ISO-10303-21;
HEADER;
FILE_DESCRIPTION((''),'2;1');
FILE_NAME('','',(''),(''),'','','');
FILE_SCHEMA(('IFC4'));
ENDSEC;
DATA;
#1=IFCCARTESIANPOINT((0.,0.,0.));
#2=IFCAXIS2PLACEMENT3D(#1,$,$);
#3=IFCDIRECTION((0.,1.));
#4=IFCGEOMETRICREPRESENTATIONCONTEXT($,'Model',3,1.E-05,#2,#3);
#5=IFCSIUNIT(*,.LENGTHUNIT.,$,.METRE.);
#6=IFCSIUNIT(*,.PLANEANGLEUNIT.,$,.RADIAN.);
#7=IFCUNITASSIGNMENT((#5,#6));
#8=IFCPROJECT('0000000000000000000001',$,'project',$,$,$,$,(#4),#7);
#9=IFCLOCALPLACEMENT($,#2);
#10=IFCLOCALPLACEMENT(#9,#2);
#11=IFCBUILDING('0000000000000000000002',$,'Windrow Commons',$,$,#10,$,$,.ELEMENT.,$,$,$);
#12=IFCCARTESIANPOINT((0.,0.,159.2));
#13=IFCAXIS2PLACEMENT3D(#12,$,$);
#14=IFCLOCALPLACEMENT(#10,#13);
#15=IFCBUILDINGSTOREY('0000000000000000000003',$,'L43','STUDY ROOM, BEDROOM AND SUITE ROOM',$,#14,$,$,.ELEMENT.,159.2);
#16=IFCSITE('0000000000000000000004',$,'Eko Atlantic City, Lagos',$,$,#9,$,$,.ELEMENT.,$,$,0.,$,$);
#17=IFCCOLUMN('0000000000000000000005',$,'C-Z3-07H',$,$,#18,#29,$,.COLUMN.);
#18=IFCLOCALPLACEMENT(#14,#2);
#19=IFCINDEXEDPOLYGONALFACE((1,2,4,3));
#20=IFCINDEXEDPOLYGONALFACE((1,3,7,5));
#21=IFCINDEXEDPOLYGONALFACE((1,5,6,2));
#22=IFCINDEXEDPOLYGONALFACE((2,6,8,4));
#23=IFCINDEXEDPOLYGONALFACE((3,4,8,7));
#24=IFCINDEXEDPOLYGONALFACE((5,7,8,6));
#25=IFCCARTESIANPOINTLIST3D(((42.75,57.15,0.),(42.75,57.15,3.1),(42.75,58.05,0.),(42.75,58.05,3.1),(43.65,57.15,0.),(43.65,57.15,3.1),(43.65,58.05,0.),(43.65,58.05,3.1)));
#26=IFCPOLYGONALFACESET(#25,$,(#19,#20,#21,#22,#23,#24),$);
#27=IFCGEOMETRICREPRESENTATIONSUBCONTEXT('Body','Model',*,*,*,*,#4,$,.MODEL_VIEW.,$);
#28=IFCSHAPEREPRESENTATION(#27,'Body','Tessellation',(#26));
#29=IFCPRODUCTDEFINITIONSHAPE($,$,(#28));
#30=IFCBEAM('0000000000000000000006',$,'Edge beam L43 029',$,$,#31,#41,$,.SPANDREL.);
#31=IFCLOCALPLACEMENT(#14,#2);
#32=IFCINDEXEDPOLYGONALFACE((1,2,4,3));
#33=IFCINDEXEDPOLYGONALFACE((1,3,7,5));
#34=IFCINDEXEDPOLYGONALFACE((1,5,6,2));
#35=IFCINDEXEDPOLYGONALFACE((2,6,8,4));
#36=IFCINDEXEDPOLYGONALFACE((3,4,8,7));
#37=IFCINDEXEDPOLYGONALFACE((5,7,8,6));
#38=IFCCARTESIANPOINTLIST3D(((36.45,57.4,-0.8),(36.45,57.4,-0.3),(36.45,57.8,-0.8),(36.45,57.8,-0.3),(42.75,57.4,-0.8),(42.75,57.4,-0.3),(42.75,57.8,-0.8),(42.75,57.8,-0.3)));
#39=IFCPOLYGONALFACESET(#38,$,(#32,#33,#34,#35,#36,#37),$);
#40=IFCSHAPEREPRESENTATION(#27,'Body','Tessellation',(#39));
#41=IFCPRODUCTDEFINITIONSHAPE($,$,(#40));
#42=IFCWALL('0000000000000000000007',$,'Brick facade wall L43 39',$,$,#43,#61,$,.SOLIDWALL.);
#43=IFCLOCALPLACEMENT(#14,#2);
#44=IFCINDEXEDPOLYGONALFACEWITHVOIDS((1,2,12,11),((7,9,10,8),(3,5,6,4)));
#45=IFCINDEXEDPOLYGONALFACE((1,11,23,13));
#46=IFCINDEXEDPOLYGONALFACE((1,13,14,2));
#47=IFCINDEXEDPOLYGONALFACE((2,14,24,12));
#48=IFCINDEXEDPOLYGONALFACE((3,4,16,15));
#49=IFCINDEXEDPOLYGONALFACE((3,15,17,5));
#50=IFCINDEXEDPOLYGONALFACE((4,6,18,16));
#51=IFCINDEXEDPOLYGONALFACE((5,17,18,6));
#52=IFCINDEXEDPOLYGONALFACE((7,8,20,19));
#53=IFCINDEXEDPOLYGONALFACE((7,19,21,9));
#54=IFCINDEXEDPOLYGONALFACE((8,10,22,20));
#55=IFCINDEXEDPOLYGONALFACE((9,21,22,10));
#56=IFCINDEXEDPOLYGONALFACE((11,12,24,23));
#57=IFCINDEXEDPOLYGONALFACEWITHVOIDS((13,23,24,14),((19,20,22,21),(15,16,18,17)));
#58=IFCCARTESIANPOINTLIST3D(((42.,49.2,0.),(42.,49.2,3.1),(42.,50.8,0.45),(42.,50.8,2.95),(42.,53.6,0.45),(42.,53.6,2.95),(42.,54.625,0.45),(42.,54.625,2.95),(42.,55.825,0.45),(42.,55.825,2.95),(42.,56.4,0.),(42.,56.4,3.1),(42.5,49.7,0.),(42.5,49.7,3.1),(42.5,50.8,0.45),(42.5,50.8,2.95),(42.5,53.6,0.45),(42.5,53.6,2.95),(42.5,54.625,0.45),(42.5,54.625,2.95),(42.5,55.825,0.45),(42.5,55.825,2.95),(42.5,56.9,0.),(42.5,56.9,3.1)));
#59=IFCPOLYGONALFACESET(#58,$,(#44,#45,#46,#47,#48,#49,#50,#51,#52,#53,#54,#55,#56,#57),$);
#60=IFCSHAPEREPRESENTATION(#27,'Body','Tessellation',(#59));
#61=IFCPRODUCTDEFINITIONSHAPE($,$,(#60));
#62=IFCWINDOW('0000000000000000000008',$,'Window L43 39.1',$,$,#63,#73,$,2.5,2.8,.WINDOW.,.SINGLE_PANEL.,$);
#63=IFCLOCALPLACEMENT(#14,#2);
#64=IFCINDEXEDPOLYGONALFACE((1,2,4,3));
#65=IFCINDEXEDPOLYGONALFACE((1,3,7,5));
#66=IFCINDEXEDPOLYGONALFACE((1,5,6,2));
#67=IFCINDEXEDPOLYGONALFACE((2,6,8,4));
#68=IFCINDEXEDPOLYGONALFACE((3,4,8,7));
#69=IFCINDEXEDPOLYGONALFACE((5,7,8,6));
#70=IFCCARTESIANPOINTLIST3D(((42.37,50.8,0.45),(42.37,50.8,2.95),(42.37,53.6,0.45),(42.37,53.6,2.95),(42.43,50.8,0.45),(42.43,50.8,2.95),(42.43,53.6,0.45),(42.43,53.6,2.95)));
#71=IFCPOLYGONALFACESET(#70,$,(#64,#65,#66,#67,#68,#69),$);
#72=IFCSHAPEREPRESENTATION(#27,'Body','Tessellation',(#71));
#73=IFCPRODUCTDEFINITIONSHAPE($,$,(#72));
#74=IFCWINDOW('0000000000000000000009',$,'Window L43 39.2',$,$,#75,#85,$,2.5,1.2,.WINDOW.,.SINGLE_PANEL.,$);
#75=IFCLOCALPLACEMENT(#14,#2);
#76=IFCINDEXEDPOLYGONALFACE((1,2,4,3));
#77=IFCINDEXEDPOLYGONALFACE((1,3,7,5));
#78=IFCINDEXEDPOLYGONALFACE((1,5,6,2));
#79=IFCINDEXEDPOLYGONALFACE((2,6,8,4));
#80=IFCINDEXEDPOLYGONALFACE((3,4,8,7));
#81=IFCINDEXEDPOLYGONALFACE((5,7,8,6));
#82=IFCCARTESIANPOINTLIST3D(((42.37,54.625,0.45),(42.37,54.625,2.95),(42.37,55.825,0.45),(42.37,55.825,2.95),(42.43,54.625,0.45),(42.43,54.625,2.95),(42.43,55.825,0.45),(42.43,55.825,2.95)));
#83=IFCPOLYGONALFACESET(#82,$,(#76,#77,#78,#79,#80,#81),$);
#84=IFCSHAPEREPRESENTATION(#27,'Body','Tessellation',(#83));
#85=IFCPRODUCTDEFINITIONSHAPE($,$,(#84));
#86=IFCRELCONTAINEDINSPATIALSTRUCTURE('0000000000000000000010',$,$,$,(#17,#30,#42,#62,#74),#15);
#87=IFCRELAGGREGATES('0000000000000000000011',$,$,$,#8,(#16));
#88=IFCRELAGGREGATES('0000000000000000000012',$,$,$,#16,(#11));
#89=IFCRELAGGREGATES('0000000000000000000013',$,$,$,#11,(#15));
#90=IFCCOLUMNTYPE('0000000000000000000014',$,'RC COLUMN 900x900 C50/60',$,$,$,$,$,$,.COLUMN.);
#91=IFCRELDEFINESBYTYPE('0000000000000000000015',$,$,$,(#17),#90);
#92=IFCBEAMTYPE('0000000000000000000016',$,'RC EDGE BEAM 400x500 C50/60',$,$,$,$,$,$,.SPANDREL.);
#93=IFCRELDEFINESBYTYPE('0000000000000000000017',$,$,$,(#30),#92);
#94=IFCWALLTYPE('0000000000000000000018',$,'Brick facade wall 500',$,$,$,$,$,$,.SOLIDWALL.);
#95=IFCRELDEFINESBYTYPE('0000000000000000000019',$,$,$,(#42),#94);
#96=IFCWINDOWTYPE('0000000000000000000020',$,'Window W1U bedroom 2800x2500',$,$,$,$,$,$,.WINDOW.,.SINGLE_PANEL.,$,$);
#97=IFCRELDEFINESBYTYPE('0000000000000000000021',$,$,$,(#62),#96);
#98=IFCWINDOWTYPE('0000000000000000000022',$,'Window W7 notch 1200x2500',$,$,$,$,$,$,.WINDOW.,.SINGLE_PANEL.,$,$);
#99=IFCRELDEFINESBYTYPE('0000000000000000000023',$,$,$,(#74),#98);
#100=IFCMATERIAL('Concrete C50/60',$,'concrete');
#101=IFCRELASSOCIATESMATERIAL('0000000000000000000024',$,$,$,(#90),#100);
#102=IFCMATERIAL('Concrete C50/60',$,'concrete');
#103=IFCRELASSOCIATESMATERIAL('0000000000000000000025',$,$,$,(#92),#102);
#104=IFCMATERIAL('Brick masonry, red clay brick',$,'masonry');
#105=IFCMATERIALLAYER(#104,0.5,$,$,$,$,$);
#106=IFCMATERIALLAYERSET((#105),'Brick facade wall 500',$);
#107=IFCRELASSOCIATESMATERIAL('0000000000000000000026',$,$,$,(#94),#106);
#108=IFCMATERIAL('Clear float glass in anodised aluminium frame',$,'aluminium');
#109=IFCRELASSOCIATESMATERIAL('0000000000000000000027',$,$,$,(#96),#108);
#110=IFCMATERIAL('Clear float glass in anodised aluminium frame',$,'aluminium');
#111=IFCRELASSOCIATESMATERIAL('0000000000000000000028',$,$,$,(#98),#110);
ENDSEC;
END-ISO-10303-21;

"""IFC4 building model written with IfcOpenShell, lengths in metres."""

from ifc_helpers import new_model, si_unit, direction, frame, frame_2d, origin, origin_2d, place, context, subcontext, project, spatial, polyline, rectangle, outline, extrude, material, layer, layer_set, material_profile, profile_set, type_object, element, fill, save


model = new_model("IFC4")

# Units and contexts
model_context = context("Model", 3, precision=1e-05, world=origin(), true_north=direction((0.0, 1.0)))
body_context = subcontext(model_context, "Body", "Model", "MODEL_VIEW")
ifc_project = project(units=[si_unit("LENGTHUNIT", "METRE"), si_unit("PLANEANGLEUNIT", "RADIAN")], contexts=[model_context])

# Site, building, storey
site_placement = place(None, origin())
site = spatial("IfcSite", under=ifc_project, at=site_placement, Name="Eko Atlantic City, Lagos", CompositionType="ELEMENT", RefElevation=0.0)
building_placement = place(site_placement, origin())
building = spatial("IfcBuilding", under=site, at=building_placement, Name="Windrow Commons", CompositionType="ELEMENT")
storey_placement = place(building_placement, frame((0.0, 0.0, 159.2)))
storey = spatial("IfcBuildingStorey", under=building, at=storey_placement, Name="L43", Description="STUDY ROOM, BEDROOM AND SUITE ROOM", CompositionType="ELEMENT", Elevation=159.2)

# Column
ifc_material_1 = material(Name="Concrete C50/60", Category="concrete")
ifc_material_profile_1 = material_profile(ifc_material_1, rectangle(XDim=0.9, YDim=0.9, at=origin_2d()))
ifc_profile_set_1 = profile_set([ifc_material_profile_1], Name="Concrete C50/60")
column_type = type_object("IfcColumnType", Name="RC COLUMN 900x900 C50/60", PredefinedType="COLUMN", material=ifc_profile_set_1)
column_placement = place(storey_placement, frame((43.2, 57.6, 0.0), z_axis=(0.0, 0.0, 1.0), x_axis=(1.0, 0.0, 0.0)))
element("IfcColumn", 1, at=column_placement, inside=storey, type_object=column_type, Name="C-Z3-07H", PredefinedType="COLUMN", context=body_context, shape_type="SweptSolid", body=[
    extrude(rectangle(XDim=0.9, YDim=0.9, at=origin_2d()), origin(), (0.0, 0.0, 1.0), 3.1),
])

# Beam
ifc_material_2 = material(Name="Concrete C50/60", Category="concrete")
ifc_material_profile_2 = material_profile(ifc_material_2, rectangle(XDim=0.4, YDim=0.5, at=origin_2d()))
ifc_profile_set_2 = profile_set([ifc_material_profile_2], Name="Concrete C50/60")
beam_type = type_object("IfcBeamType", Name="RC EDGE BEAM 400x500 C50/60", PredefinedType="SPANDREL", material=ifc_profile_set_2)
beam_placement = place(storey_placement, frame((42.75, 57.6, -0.55), z_axis=(-1.0, 0.0, 0.0), x_axis=(0.0, -1.0, 0.0)))
element("IfcBeam", 2, at=beam_placement, inside=storey, type_object=beam_type, Name="Edge beam L43 029", PredefinedType="SPANDREL", context=body_context, shape_type="SweptSolid", body=[
    extrude(rectangle(XDim=0.4, YDim=0.5, at=origin_2d()), origin(), (0.0, 0.0, 1.0), 6.3),
])

# Wall, openings, windows
ifc_material_3 = material(Name="Brick masonry, red clay brick", Category="masonry")
ifc_layer_1 = layer(ifc_material_3, 0.5)
ifc_layer_set_1 = layer_set([ifc_layer_1], Name="Brick facade wall 500")
wall_type_1 = type_object("IfcWallType", Name="Brick facade wall 500", PredefinedType="SOLIDWALL", material=ifc_layer_set_1)
wall_1_placement = place(storey_placement, frame((42.25, 56.65, 0.0), z_axis=(0.0, 0.0, 1.0), x_axis=(0.0, -1.0, 0.0)))
wall_1 = element("IfcWall", 3, at=wall_1_placement, inside=storey, type_object=wall_type_1, Name="Brick facade wall L43 39", PredefinedType="SOLIDWALL", context=body_context, shape_type="SweptSolid", body=[
    extrude(outline(polyline([(0.25, -0.25), (7.45, -0.25), (6.95, 0.25), (-0.25, 0.25), (0.25, -0.25)])), origin(), (0.0, 0.0, 1.0), 3.1),
])
opening_1_placement = place(wall_1_placement, frame((3.05, 0.0, 0.45)))
opening_1 = element("IfcOpeningElement", 4, at=opening_1_placement, cuts=wall_1, PredefinedType="OPENING", context=body_context, shape_type="SweptSolid", body=[
    extrude(rectangle(XDim=2.8, YDim=2.5, at=frame_2d((1.4, 1.25))), frame((0.0, 0.26, 0.0), z_axis=(0.0, -1.0, 0.0), x_axis=(1.0, 0.0, 0.0)), (0.0, 0.0, 1.0), 0.52),
])
opening_2_placement = place(wall_1_placement, frame((0.825, 0.0, 0.45)))
opening_2 = element("IfcOpeningElement", 5, at=opening_2_placement, cuts=wall_1, PredefinedType="OPENING", context=body_context, shape_type="SweptSolid", body=[
    extrude(rectangle(XDim=1.2, YDim=2.5, at=frame_2d((0.6, 1.25))), frame((0.0, 0.26, 0.0), z_axis=(0.0, -1.0, 0.0), x_axis=(1.0, 0.0, 0.0)), (0.0, 0.0, 1.0), 0.52),
])
ifc_material_4 = material(Name="Clear float glass in anodised aluminium frame", Category="aluminium")
window_type_1 = type_object("IfcWindowType", Name="Window W1U bedroom 2800x2500", PartitioningType="SINGLE_PANEL", PredefinedType="WINDOW", material=ifc_material_4)
window_1_placement = place(opening_1_placement, origin())
window_1 = element("IfcWindow", 6, at=window_1_placement, inside=storey, type_object=window_type_1, Name="Window L43 39.1", OverallHeight=2.5, OverallWidth=2.8, PartitioningType="SINGLE_PANEL", PredefinedType="WINDOW", context=body_context, shape_type="SweptSolid", body=[
    extrude(rectangle(XDim=2.8, YDim=2.5, at=frame_2d((1.4, 1.25))), frame((0.0, 0.18, 0.0), z_axis=(0.0, -1.0, 0.0), x_axis=(1.0, 0.0, 0.0)), (0.0, 0.0, 1.0), 0.06),
])
fill(opening_1, window_1)
ifc_material_5 = material(Name="Clear float glass in anodised aluminium frame", Category="aluminium")
window_type_2 = type_object("IfcWindowType", Name="Window W7 notch 1200x2500", PartitioningType="SINGLE_PANEL", PredefinedType="WINDOW", material=ifc_material_5)
window_2_placement = place(opening_2_placement, origin())
window_2 = element("IfcWindow", 7, at=window_2_placement, inside=storey, type_object=window_type_2, Name="Window L43 39.2", OverallHeight=2.5, OverallWidth=1.2, PartitioningType="SINGLE_PANEL", PredefinedType="WINDOW", context=body_context, shape_type="SweptSolid", body=[
    extrude(rectangle(XDim=1.2, YDim=2.5, at=frame_2d((0.6, 1.25))), frame((0.0, 0.18, 0.0), z_axis=(0.0, -1.0, 0.0), x_axis=(1.0, 0.0, 0.0)), (0.0, 0.0, 1.0), 0.06),
])
fill(opening_2, window_2)

save(model, "model.ifc")
